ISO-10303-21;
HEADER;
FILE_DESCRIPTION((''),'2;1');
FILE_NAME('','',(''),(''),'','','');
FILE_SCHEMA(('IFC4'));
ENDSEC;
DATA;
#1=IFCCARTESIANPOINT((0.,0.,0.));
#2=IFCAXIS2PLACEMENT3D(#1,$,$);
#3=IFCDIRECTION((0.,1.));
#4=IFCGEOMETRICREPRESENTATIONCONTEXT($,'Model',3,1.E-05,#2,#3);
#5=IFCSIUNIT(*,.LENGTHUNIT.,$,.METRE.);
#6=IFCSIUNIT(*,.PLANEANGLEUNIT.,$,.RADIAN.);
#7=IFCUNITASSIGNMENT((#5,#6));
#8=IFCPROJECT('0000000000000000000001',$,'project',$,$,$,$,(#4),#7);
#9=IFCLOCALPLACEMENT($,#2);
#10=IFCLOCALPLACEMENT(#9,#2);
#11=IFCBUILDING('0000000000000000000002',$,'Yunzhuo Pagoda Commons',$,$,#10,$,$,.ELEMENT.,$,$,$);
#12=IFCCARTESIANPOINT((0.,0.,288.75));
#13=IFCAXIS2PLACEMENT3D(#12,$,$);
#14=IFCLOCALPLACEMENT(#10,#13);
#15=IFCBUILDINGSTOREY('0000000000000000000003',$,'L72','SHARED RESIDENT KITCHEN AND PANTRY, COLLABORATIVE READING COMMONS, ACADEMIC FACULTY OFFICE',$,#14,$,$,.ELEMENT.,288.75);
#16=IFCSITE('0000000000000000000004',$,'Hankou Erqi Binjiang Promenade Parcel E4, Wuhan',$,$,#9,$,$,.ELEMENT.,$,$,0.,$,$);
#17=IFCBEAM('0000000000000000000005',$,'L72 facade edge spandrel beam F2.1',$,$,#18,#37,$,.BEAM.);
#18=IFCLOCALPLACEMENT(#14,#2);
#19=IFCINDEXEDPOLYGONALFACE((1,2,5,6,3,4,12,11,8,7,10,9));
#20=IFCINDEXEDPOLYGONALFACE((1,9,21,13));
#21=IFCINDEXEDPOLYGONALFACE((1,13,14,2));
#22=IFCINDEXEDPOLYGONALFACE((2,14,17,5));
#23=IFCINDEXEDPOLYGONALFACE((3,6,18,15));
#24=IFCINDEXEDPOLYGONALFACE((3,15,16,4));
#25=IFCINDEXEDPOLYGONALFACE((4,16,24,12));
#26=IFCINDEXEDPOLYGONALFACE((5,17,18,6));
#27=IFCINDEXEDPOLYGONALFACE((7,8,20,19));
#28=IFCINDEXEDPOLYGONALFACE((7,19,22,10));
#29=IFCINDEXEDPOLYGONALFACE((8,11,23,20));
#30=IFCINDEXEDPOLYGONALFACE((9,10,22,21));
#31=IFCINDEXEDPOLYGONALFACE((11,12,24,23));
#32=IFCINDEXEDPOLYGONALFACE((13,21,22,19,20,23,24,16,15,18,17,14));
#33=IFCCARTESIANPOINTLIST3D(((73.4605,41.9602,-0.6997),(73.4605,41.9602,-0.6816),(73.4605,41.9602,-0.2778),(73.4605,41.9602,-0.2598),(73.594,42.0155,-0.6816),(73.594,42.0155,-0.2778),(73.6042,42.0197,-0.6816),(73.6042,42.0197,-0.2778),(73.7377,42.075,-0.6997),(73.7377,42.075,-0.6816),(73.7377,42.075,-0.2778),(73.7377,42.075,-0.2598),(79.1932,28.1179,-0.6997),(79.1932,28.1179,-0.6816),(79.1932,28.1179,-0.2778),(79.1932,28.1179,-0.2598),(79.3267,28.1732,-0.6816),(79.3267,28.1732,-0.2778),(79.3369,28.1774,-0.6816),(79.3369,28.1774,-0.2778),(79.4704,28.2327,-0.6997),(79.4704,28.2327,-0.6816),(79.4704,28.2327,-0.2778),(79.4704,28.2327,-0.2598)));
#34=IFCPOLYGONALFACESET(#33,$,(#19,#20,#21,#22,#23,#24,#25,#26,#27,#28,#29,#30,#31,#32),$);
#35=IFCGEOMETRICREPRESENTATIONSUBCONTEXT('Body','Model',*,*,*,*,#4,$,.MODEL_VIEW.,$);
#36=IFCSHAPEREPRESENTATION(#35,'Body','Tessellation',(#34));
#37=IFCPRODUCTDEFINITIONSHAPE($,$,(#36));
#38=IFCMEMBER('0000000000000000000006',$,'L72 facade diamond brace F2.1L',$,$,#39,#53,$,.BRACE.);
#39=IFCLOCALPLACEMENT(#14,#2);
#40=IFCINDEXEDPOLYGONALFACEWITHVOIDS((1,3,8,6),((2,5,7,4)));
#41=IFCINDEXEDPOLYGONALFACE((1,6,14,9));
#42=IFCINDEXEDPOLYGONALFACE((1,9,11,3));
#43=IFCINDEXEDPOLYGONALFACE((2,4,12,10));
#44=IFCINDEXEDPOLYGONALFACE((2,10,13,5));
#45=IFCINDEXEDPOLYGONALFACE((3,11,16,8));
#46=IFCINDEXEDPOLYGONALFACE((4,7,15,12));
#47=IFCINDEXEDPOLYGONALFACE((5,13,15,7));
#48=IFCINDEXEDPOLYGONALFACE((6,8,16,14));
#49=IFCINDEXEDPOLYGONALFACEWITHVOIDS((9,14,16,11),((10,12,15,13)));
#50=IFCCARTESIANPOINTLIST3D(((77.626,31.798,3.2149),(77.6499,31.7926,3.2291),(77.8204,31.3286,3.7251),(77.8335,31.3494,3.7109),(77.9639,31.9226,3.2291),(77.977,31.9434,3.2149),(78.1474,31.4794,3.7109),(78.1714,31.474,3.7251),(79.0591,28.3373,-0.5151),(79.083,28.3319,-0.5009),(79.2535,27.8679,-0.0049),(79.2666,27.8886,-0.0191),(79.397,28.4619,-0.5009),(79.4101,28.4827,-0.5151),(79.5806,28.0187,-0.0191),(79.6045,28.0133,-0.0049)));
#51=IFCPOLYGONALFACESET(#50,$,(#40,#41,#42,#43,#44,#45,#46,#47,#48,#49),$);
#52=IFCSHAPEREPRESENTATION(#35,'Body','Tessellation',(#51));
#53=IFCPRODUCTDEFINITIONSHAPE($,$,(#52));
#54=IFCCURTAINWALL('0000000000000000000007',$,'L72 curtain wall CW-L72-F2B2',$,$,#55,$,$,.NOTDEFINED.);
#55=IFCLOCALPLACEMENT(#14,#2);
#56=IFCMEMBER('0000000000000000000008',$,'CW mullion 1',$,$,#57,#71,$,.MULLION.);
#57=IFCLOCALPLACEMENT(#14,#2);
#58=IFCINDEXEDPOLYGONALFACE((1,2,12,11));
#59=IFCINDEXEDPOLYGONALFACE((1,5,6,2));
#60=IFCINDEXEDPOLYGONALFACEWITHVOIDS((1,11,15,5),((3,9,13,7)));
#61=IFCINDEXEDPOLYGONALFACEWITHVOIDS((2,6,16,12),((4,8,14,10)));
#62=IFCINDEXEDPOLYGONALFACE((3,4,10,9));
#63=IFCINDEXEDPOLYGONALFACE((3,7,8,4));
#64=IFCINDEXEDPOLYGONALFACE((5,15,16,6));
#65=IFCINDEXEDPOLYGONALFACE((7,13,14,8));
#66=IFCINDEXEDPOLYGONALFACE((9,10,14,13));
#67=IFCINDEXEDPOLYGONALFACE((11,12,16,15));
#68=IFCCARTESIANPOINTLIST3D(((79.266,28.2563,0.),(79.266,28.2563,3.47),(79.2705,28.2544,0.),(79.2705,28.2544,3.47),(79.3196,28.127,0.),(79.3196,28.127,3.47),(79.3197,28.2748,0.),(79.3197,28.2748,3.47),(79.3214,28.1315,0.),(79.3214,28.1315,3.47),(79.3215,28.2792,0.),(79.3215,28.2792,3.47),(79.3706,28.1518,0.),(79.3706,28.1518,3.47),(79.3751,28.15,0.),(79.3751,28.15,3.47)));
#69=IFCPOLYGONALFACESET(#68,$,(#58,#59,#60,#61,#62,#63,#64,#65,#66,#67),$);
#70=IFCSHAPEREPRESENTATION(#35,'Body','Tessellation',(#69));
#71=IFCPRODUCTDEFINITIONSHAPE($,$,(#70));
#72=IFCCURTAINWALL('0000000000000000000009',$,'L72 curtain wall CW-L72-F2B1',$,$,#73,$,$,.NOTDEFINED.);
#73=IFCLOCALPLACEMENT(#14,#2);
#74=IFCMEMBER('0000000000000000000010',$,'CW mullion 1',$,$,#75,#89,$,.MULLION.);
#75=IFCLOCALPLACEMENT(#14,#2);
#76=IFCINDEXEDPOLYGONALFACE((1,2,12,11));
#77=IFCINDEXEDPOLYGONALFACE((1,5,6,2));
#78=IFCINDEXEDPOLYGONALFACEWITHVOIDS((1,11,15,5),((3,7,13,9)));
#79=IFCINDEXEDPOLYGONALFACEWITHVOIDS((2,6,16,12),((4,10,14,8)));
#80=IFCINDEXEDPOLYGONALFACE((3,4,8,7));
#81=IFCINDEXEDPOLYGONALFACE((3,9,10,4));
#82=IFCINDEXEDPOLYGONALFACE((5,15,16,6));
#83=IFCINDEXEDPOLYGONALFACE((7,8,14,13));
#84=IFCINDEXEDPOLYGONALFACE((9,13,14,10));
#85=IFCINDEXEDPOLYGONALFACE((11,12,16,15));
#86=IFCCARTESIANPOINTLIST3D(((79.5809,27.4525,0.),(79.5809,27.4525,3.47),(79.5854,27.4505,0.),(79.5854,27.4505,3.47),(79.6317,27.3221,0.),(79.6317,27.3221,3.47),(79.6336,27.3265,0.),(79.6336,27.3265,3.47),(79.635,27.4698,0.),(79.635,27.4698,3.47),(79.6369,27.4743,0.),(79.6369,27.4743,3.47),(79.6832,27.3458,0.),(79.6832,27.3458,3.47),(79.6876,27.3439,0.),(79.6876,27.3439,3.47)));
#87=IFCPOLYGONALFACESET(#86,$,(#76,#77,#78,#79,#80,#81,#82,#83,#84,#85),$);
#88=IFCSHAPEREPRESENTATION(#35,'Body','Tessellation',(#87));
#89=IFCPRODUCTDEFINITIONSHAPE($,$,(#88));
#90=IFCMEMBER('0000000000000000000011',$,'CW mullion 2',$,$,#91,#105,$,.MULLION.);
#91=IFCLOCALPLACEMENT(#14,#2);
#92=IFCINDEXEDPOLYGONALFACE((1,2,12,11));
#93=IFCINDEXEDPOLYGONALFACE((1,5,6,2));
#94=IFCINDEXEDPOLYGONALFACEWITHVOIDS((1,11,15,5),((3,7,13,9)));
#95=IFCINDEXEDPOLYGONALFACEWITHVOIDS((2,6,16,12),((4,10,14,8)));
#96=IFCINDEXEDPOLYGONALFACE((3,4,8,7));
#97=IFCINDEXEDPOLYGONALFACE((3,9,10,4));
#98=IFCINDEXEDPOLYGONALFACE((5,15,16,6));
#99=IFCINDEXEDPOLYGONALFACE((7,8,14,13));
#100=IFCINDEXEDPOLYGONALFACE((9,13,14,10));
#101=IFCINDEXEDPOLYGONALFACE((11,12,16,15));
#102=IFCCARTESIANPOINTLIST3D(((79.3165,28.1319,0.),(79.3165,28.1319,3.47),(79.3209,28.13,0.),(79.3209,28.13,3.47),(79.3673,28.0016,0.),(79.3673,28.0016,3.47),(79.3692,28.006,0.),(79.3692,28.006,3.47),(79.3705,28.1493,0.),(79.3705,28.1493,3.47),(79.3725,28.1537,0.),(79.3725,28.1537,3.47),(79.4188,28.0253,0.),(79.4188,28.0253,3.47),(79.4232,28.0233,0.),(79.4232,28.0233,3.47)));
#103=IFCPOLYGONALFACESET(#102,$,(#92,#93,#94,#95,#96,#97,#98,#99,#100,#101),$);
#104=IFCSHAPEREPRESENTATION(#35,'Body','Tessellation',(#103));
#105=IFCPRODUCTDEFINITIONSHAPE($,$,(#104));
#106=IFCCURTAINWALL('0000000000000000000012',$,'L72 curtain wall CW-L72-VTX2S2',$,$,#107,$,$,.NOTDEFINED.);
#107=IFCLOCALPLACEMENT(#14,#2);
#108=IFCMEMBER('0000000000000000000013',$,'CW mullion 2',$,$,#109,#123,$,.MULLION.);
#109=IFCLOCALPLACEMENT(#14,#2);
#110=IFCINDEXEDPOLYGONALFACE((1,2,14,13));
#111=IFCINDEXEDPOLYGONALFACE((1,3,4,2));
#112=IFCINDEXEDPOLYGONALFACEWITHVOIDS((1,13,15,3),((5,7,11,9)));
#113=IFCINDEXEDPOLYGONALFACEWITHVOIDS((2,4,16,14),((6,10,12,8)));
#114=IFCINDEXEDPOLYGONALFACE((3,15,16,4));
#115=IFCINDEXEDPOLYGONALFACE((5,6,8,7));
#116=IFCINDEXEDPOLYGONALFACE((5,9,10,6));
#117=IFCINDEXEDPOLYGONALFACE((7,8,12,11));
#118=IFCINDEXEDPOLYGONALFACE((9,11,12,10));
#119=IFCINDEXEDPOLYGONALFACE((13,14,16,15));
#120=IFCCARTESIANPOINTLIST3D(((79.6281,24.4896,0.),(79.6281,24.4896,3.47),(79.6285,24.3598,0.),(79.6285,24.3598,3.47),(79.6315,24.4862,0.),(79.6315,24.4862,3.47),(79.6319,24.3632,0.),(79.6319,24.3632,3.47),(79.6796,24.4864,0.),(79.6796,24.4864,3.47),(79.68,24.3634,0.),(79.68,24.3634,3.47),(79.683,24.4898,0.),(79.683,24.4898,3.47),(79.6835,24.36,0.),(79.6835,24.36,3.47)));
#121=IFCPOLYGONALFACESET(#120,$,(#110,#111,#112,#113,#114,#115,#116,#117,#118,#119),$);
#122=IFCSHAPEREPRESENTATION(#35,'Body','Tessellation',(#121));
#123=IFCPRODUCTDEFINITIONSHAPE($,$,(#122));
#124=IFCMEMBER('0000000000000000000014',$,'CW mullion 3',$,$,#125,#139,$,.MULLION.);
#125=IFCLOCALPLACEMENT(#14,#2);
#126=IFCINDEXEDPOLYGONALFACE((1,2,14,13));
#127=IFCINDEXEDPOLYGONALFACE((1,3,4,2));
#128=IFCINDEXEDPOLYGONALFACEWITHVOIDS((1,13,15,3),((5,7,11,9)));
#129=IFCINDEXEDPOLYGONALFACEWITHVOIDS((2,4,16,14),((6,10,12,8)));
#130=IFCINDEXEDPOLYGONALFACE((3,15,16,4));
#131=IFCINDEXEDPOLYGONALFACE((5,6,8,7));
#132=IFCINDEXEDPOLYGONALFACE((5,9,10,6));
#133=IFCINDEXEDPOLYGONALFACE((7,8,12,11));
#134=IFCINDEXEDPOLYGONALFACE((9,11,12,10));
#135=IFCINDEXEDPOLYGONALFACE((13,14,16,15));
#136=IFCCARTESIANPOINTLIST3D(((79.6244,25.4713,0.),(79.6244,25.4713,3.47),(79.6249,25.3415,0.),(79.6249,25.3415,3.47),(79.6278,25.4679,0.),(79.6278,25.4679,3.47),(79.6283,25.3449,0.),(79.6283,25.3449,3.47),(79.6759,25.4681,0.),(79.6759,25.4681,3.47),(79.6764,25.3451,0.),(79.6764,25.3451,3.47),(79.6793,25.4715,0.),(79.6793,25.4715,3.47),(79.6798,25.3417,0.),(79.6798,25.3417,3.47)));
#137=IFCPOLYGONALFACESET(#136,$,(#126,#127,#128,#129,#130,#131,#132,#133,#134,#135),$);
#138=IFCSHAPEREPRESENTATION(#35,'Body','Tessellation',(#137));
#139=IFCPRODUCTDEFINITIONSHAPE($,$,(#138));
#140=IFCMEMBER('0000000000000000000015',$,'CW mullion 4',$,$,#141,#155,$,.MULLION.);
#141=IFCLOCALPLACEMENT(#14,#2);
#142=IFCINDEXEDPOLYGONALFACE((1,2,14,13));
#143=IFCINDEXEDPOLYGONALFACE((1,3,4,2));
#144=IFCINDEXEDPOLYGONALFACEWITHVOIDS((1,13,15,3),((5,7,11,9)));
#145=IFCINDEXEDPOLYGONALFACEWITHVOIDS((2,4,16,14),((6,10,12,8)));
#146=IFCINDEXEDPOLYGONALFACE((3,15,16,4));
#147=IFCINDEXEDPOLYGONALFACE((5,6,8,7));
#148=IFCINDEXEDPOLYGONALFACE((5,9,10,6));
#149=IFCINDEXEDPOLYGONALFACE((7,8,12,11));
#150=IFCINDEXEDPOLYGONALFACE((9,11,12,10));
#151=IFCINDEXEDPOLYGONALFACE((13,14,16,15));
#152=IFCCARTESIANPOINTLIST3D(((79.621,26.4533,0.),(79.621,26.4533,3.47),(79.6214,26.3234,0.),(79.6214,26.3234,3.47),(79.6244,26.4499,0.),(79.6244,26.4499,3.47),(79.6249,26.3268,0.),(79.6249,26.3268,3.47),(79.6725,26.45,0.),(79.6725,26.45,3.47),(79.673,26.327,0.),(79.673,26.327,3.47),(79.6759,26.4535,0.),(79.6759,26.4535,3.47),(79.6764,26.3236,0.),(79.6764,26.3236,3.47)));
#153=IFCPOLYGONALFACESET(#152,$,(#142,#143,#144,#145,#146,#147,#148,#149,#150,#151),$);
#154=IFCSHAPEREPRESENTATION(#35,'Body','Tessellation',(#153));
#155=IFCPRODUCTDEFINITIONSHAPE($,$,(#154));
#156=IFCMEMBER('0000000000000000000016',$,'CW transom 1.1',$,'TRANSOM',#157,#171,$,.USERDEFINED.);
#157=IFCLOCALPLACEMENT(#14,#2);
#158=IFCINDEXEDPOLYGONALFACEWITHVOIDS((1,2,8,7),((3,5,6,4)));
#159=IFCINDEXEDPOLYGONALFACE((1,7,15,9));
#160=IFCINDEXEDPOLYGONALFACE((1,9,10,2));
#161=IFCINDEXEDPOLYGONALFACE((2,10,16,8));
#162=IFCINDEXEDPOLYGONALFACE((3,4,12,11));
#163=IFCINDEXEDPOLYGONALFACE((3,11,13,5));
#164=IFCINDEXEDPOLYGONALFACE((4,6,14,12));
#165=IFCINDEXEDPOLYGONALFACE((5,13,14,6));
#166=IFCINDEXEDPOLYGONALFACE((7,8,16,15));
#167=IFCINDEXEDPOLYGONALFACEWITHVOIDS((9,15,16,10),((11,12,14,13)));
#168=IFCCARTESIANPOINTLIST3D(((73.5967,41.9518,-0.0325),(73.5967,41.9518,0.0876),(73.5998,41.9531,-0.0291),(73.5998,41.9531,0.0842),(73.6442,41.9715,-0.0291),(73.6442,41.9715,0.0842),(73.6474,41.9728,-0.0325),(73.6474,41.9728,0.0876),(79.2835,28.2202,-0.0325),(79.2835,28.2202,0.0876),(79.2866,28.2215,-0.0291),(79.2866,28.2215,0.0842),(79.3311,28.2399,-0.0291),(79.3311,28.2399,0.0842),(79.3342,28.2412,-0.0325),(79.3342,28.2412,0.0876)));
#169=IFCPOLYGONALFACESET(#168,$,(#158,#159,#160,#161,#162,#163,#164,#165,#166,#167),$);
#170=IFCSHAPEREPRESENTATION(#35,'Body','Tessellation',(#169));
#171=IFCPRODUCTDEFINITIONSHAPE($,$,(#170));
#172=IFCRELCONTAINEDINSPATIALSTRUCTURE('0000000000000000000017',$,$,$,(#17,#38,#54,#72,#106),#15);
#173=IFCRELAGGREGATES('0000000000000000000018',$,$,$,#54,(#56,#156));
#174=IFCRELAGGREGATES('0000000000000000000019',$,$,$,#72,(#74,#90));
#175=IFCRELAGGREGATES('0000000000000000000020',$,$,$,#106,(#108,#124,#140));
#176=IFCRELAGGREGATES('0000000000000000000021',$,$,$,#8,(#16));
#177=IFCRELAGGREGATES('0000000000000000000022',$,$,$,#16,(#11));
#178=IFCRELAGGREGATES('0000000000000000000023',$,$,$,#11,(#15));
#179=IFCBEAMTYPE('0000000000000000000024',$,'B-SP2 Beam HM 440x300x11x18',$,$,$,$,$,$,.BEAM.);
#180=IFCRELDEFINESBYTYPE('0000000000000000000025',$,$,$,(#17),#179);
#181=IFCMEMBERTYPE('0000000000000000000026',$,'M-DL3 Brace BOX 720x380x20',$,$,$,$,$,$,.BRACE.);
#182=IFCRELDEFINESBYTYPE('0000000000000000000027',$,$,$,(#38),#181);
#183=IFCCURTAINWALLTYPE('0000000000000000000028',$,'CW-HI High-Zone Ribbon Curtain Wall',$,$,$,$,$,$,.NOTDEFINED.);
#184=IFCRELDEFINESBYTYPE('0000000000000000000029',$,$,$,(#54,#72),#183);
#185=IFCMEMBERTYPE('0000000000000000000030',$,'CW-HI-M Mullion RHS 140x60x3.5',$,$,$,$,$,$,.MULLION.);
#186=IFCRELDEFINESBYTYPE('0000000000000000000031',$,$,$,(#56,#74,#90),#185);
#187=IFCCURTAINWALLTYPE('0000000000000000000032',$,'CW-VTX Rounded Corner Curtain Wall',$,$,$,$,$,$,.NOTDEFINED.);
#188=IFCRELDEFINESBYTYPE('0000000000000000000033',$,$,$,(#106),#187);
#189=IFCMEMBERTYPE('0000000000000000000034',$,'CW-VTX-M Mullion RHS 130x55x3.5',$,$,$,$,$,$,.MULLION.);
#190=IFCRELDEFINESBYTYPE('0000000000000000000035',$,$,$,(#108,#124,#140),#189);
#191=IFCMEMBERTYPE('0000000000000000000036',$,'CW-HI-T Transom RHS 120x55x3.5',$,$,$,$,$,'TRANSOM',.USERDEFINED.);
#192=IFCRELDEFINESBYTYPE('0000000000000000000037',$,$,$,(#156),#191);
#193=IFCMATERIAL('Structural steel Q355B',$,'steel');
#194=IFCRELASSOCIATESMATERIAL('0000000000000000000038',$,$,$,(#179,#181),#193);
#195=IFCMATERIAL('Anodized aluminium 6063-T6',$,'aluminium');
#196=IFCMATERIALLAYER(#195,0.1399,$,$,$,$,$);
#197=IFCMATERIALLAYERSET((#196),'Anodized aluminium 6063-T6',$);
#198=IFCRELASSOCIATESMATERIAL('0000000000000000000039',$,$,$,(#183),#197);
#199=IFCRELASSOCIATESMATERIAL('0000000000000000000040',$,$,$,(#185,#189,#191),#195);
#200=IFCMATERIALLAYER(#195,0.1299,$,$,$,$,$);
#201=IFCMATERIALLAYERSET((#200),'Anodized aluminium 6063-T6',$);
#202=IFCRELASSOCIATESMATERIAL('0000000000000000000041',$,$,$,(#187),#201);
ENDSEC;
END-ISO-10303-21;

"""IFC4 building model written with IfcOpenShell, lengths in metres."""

from ifc_helpers import new_model, si_unit, direction, frame, origin, origin_2d, place, context, subcontext, project, spatial, hollow_rectangle, i_section, extrude, source, transform, mapped, material, layer, layer_set, material_profile, profile_set, type_object, element, aggregate, save


model = new_model("IFC4")

# Units and contexts
model_context = context("Model", 3, precision=1e-05, world=origin(), true_north=direction((0.0, 1.0)))
body_context = subcontext(model_context, "Body", "Model", "MODEL_VIEW")
ifc_project = project(units=[si_unit("LENGTHUNIT", "METRE"), si_unit("PLANEANGLEUNIT", "RADIAN")], contexts=[model_context])

# Site, building, storey
site_placement = place(None, origin())
site = spatial("IfcSite", under=ifc_project, at=site_placement, Name="Hankou Erqi Binjiang Promenade Parcel E4, Wuhan", CompositionType="ELEMENT", RefElevation=0.0)
building_placement = place(site_placement, origin())
building = spatial("IfcBuilding", under=site, at=building_placement, Name="Yunzhuo Pagoda Commons", CompositionType="ELEMENT")
storey_placement = place(building_placement, frame((0.0, 0.0, 288.75)))
storey = spatial("IfcBuildingStorey", under=building, at=storey_placement, Name="L72", Description="SHARED RESIDENT KITCHEN AND PANTRY, COLLABORATIVE READING COMMONS, ACADEMIC FACULTY OFFICE", CompositionType="ELEMENT", Elevation=288.75)

# Beam
ifc_material_1 = material(Name="Structural steel Q355B", Category="steel")
ifc_material_profile_1 = material_profile(ifc_material_1, i_section(OverallWidth=0.3, OverallDepth=0.4399, WebThickness=0.011, FlangeThickness=0.0181, at=origin_2d()), Name="Structural steel Q355B")
ifc_profile_set_1 = profile_set([ifc_material_profile_1], Name="Structural steel Q355B")
beam_type = type_object("IfcBeamType", Name="B-SP2 Beam HM 440x300x11x18", PredefinedType="BEAM", material=ifc_profile_set_1)
shared_shape_1 = source(origin(), body_context, "Body", "SweptSolid", [
    extrude(i_section(OverallWidth=0.3, OverallDepth=0.4399, WebThickness=0.011, FlangeThickness=0.0181, at=origin_2d()), origin(), (0.0, 0.0, 1.0), 14.9824),
])
beam_placement = place(storey_placement, frame((79.3318, 28.1753, -0.4797), z_axis=(-0.382627, 0.923903, 0.0), x_axis=(-0.923903, -0.382627, 0.0)))
element("IfcBeam", 1, at=beam_placement, inside=storey, type_object=beam_type, Name="L72 facade edge spandrel beam F2.1", PredefinedType="BEAM", context=body_context, shape_type="MappedRepresentation", body=[
    mapped(shared_shape_1, transform((0.0, 0.0, 0.0), scale=1.0)),
])

# Member
ifc_material_profile_2 = material_profile(ifc_material_1, hollow_rectangle(XDim=0.3799, YDim=0.72, WallThickness=0.02, at=origin_2d()), Name="Structural steel Q355B")
ifc_profile_set_2 = profile_set([ifc_material_profile_2], Name="Structural steel Q355B")
member_type_1 = type_object("IfcMemberType", Name="M-DL3 Brace BOX 720x380x20", PredefinedType="BRACE", material=ifc_profile_set_2)
shared_shape_2 = source(origin(), body_context, "Body", "SweptSolid", [
    extrude(hollow_rectangle(XDim=0.3799, YDim=0.72, WallThickness=0.02, at=origin_2d()), origin(), (0.0, 0.0, 1.0), 5.2861),
])
member_1_placement = place(storey_placement, frame((79.3318, 28.1753, -0.26), z_axis=(-0.271108, 0.654677, 0.705619), x_axis=(-0.923914, -0.382601, 0.0)))
element("IfcMember", 2, at=member_1_placement, inside=storey, type_object=member_type_1, Name="L72 facade diamond brace F2.1L", PredefinedType="BRACE", context=body_context, shape_type="MappedRepresentation", body=[
    mapped(shared_shape_2, transform((0.0, 0.0, 0.0), scale=1.0)),
])

# Curtain wall, member
ifc_material_2 = material(Name="Anodized aluminium 6063-T6", Category="aluminium")
ifc_layer_1 = layer(ifc_material_2, 0.1399)
ifc_layer_set_1 = layer_set([ifc_layer_1], Name="Anodized aluminium 6063-T6")
curtain_wall_type_1 = type_object("IfcCurtainWallType", Name="CW-HI High-Zone Ribbon Curtain Wall", PredefinedType="NOTDEFINED", material=ifc_layer_set_1)
curtain_wall_1_placement = place(storey_placement, origin())
curtain_wall_1 = element("IfcCurtainWall", 3, at=curtain_wall_1_placement, inside=storey, type_object=curtain_wall_type_1, Name="L72 curtain wall CW-L72-F2B2", PredefinedType="NOTDEFINED")
ifc_material_profile_3 = material_profile(ifc_material_2, hollow_rectangle(XDim=0.0601, YDim=0.1399, WallThickness=0.0034, at=origin_2d()), Name="Anodized aluminium 6063-T6")
ifc_profile_set_3 = profile_set([ifc_material_profile_3], Name="Anodized aluminium 6063-T6")
member_type_2 = type_object("IfcMemberType", Name="CW-HI-M Mullion RHS 140x60x3.5", PredefinedType="MULLION", material=ifc_profile_set_3)
shared_shape_3 = source(origin(), body_context, "Body", "SweptSolid", [
    extrude(hollow_rectangle(XDim=0.0601, YDim=0.1399, WallThickness=0.0034, at=origin_2d()), origin(), (0.0, 0.0, 1.0), 3.47),
])
member_2_placement = place(storey_placement, frame((79.3206, 28.2031, 0.0), z_axis=(0.0, 0.0, 1.0), x_axis=(-0.923899, -0.382636, 0.0)))
member_2 = element("IfcMember", 4, at=member_2_placement, type_object=member_type_2, Name="CW mullion 1", PredefinedType="MULLION", context=body_context, shape_type="MappedRepresentation", body=[
    mapped(shared_shape_3, transform((0.0, 0.0, 0.0), scale=1.0)),
])

# Curtain walls, members
curtain_wall_2_placement = place(storey_placement, origin())
curtain_wall_2 = element("IfcCurtainWall", 5, at=curtain_wall_2_placement, inside=storey, type_object=curtain_wall_type_1, Name="L72 curtain wall CW-L72-F2B1", PredefinedType="NOTDEFINED")
member_3_placement = place(storey_placement, frame((79.6343, 27.3982, 0.0), z_axis=(0.0, 0.0, 1.0), x_axis=(-0.931924, -0.362654, 0.0)))
member_3 = element("IfcMember", 6, at=member_3_placement, type_object=member_type_2, Name="CW mullion 1", PredefinedType="MULLION", context=body_context, shape_type="MappedRepresentation", body=[
    mapped(shared_shape_3, transform((0.0, 0.0, 0.0), scale=1.0)),
])
member_4_placement = place(storey_placement, frame((79.3699, 28.0776, 0.0), z_axis=(0.0, 0.0, 1.0), x_axis=(-0.931924, -0.362654, 0.0)))
member_4 = element("IfcMember", 7, at=member_4_placement, type_object=member_type_2, Name="CW mullion 2", PredefinedType="MULLION", context=body_context, shape_type="MappedRepresentation", body=[
    mapped(shared_shape_3, transform((0.0, 0.0, 0.0), scale=1.0)),
])
ifc_layer_2 = layer(ifc_material_2, 0.1299)
ifc_layer_set_2 = layer_set([ifc_layer_2], Name="Anodized aluminium 6063-T6")
curtain_wall_type_2 = type_object("IfcCurtainWallType", Name="CW-VTX Rounded Corner Curtain Wall", PredefinedType="NOTDEFINED", material=ifc_layer_set_2)
curtain_wall_3_placement = place(storey_placement, origin())
curtain_wall_3 = element("IfcCurtainWall", 8, at=curtain_wall_3_placement, inside=storey, type_object=curtain_wall_type_2, Name="L72 curtain wall CW-L72-VTX2S2", PredefinedType="NOTDEFINED")
ifc_material_profile_4 = material_profile(ifc_material_2, hollow_rectangle(XDim=0.0549, YDim=0.1299, WallThickness=0.0034, at=origin_2d()), Name="Anodized aluminium 6063-T6")
ifc_profile_set_4 = profile_set([ifc_material_profile_4], Name="Anodized aluminium 6063-T6")
member_type_3 = type_object("IfcMemberType", Name="CW-VTX-M Mullion RHS 130x55x3.5", PredefinedType="MULLION", material=ifc_profile_set_4)
shared_shape_4 = source(origin(), body_context, "Body", "SweptSolid", [
    extrude(hollow_rectangle(XDim=0.0549, YDim=0.1299, WallThickness=0.0034, at=origin_2d()), origin(), (0.0, 0.0, 1.0), 3.47),
])
member_5_placement = place(storey_placement, frame((79.6558, 24.4248, 0.0), z_axis=(0.0, 0.0, 1.0), x_axis=(-0.999994, -0.00359, 0.0)))
member_5 = element("IfcMember", 9, at=member_5_placement, type_object=member_type_3, Name="CW mullion 2", PredefinedType="MULLION", context=body_context, shape_type="MappedRepresentation", body=[
    mapped(shared_shape_4, transform((0.0, 0.0, 0.0), scale=1.0)),
])
member_6_placement = place(storey_placement, frame((79.6521, 25.4065, 0.0), z_axis=(0.0, 0.0, 1.0), x_axis=(-0.999994, -0.00359, 0.0)))
member_6 = element("IfcMember", 10, at=member_6_placement, type_object=member_type_3, Name="CW mullion 3", PredefinedType="MULLION", context=body_context, shape_type="MappedRepresentation", body=[
    mapped(shared_shape_4, transform((0.0, 0.0, 0.0), scale=1.0)),
])
member_7_placement = place(storey_placement, frame((79.6487, 26.3884, 0.0), z_axis=(0.0, 0.0, 1.0), x_axis=(-0.999994, -0.00359, 0.0)))
member_7 = element("IfcMember", 11, at=member_7_placement, type_object=member_type_3, Name="CW mullion 4", PredefinedType="MULLION", context=body_context, shape_type="MappedRepresentation", body=[
    mapped(shared_shape_4, transform((0.0, 0.0, 0.0), scale=1.0)),
])

# Member
ifc_material_profile_5 = material_profile(ifc_material_2, hollow_rectangle(XDim=0.0549, YDim=0.1201, WallThickness=0.0034, at=origin_2d()), Name="Anodized aluminium 6063-T6")
ifc_profile_set_5 = profile_set([ifc_material_profile_5], Name="Anodized aluminium 6063-T6")
member_type_4 = type_object("IfcMemberType", Name="CW-HI-T Transom RHS 120x55x3.5", ElementType="TRANSOM", PredefinedType="USERDEFINED", material=ifc_profile_set_5)
shared_shape_5 = source(origin(), body_context, "Body", "SweptSolid", [
    extrude(hollow_rectangle(XDim=0.0549, YDim=0.1201, WallThickness=0.0034, at=origin_2d()), origin(), (0.0, 0.0, 1.0), 14.8625),
])
member_8_placement = place(storey_placement, frame((79.3088, 28.2307, 0.0276), z_axis=(-0.382627, 0.923903, 0.0), x_axis=(-0.923903, -0.382627, 0.0)))
member_8 = element("IfcMember", 12, at=member_8_placement, type_object=member_type_4, Name="CW transom 1.1", ObjectType="TRANSOM", PredefinedType="USERDEFINED", context=body_context, shape_type="MappedRepresentation", body=[
    mapped(shared_shape_5, transform((0.0, 0.0, 0.0), scale=1.0)),
])
aggregate(curtain_wall_1, [member_2, member_8])

aggregate(curtain_wall_2, [member_3, member_4])
aggregate(curtain_wall_3, [member_5, member_6, member_7])

save(model, "model.ifc")
